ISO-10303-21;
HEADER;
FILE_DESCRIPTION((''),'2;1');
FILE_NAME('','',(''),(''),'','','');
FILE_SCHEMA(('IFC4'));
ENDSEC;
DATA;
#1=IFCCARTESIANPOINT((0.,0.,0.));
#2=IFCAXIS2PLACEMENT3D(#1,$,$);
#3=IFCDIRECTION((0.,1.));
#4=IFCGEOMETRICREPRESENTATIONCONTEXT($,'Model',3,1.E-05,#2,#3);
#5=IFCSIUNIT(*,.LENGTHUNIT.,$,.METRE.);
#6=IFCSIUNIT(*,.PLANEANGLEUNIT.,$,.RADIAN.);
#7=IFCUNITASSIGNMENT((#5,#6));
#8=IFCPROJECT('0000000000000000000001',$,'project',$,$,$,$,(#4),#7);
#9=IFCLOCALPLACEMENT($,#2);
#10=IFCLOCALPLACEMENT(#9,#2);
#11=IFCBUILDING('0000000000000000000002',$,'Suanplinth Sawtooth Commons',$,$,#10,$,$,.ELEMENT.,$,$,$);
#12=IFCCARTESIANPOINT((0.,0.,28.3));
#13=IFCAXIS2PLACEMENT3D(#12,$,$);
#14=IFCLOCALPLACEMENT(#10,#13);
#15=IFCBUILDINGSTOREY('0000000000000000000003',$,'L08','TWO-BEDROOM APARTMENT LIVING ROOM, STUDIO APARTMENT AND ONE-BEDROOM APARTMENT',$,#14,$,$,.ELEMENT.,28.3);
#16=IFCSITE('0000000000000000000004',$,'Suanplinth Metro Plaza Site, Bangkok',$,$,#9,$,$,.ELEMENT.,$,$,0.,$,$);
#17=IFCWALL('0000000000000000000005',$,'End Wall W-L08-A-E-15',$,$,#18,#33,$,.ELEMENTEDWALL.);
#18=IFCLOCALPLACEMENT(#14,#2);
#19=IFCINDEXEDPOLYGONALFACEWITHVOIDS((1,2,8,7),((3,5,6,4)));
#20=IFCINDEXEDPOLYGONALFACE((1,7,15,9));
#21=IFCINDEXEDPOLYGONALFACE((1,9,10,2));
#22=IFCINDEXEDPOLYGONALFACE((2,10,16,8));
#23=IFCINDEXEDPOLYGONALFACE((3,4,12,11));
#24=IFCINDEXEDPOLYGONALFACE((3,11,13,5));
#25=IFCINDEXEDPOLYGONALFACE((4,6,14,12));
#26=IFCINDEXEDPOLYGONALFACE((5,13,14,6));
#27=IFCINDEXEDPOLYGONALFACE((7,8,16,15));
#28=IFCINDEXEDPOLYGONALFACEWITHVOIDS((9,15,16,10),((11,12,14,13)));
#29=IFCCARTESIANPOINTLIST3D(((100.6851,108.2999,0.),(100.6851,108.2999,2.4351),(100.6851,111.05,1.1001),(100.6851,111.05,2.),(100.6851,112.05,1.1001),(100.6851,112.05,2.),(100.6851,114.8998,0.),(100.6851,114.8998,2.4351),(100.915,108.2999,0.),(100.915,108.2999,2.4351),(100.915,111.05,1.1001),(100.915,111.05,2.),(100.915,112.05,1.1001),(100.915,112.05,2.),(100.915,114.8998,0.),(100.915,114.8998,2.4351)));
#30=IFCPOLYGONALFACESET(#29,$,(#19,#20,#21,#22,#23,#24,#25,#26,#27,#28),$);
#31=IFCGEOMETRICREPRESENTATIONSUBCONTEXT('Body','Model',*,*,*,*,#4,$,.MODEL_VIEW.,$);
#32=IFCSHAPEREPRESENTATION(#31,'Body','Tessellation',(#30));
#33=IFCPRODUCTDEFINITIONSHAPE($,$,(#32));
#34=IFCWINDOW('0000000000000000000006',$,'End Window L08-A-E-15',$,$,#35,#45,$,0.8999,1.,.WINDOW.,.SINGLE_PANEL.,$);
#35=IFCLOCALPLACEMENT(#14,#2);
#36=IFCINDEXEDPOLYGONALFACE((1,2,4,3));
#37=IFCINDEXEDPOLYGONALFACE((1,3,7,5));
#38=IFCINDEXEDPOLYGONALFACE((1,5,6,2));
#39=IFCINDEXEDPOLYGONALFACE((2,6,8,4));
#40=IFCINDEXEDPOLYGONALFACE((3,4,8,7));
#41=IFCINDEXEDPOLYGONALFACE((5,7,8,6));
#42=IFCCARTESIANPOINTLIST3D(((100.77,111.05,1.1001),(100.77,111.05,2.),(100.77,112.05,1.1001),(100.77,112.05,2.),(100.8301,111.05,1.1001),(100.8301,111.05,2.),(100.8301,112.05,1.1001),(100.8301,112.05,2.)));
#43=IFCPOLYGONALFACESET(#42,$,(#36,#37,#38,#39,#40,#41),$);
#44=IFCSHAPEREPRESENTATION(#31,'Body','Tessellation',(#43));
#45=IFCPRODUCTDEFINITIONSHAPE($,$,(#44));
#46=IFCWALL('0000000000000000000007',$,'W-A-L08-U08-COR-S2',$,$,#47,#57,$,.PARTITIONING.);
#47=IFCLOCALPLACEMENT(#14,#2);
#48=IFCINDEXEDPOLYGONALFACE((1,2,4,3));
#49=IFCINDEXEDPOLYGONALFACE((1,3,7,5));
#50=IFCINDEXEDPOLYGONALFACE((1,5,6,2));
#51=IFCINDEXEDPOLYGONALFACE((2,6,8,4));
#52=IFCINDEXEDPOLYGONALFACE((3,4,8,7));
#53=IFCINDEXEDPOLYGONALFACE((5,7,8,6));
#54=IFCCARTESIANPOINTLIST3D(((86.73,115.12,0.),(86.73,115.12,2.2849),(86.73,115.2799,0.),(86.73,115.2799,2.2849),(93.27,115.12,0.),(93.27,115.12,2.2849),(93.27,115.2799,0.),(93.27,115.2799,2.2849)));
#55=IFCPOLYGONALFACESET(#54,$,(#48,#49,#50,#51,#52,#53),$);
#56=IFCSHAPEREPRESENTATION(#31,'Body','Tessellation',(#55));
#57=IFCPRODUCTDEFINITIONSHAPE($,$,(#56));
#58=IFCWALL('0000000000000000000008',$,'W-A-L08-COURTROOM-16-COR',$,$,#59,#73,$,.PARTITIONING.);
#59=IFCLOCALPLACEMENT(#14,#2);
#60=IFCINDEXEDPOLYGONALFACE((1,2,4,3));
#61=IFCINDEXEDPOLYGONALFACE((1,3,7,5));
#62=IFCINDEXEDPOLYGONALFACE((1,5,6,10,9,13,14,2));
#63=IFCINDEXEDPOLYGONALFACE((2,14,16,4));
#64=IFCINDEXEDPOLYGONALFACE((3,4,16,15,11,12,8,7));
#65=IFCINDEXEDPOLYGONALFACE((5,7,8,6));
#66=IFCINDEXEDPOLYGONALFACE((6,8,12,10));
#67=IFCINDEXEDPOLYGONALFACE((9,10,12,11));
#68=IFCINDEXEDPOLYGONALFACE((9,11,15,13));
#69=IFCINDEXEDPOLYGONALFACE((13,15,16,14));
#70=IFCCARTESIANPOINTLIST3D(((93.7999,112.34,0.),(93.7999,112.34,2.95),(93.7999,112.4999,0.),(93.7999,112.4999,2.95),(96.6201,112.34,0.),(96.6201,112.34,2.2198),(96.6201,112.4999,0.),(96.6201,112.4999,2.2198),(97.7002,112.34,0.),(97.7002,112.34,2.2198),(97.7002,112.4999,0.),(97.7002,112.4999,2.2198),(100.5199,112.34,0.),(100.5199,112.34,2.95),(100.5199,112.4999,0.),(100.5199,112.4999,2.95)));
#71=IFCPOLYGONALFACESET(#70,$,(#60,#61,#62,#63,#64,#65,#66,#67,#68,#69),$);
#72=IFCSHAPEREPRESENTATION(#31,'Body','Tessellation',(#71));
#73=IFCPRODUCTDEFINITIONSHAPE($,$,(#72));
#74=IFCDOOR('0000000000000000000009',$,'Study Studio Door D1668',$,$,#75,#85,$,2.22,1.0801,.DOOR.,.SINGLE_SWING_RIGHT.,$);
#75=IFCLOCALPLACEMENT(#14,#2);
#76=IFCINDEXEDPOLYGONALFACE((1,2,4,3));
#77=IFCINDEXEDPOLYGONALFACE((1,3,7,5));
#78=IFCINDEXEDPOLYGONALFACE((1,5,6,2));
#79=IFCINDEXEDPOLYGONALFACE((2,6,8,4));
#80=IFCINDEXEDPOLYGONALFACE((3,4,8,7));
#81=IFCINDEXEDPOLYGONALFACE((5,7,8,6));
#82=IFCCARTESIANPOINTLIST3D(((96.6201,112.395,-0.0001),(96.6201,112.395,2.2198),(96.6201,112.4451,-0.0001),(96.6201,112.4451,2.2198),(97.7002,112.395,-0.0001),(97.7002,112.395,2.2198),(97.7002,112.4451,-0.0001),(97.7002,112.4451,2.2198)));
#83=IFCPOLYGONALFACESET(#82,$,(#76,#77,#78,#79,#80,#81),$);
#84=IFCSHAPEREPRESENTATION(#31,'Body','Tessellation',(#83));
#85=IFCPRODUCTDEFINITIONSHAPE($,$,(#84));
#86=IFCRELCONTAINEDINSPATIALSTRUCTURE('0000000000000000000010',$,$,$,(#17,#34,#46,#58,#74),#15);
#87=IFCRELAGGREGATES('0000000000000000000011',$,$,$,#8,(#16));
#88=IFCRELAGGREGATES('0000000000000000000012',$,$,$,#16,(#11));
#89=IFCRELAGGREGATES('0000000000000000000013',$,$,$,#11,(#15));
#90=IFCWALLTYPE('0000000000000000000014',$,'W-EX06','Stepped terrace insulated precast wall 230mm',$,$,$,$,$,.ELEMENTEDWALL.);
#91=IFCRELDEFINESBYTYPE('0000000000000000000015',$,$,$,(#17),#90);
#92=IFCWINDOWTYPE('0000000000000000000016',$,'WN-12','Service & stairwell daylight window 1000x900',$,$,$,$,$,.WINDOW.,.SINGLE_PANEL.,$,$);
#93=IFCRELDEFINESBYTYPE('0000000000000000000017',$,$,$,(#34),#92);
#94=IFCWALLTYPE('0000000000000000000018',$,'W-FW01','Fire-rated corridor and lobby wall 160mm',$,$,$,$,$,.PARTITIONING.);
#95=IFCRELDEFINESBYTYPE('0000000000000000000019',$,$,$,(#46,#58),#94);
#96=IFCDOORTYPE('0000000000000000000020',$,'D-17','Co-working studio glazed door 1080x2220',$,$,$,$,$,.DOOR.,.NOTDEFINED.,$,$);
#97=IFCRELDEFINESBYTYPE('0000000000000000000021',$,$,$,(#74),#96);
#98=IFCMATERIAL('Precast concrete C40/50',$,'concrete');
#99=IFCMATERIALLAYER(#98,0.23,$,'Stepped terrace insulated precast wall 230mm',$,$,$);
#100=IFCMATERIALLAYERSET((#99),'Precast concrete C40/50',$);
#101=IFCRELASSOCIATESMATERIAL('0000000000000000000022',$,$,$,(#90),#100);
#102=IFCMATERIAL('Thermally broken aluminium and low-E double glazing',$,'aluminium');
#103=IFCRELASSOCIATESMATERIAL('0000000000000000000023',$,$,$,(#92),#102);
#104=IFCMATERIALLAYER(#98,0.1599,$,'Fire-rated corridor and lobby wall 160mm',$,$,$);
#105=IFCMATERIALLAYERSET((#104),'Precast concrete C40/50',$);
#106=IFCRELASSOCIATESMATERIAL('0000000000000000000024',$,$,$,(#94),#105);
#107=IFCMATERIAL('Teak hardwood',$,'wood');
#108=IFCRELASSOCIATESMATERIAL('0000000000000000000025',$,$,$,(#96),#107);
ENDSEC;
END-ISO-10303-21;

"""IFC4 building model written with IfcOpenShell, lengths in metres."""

from ifc_helpers import new_model, si_unit, direction, frame, frame_2d, origin, place, context, subcontext, project, spatial, rectangle, extrude, material, layer, layer_set, type_object, element, fill, save


model = new_model("IFC4")

# Units and contexts
model_context = context("Model", 3, precision=1e-05, world=origin(), true_north=direction((0.0, 1.0)))
body_context = subcontext(model_context, "Body", "Model", "MODEL_VIEW")
ifc_project = project(units=[si_unit("LENGTHUNIT", "METRE"), si_unit("PLANEANGLEUNIT", "RADIAN")], contexts=[model_context])

# Site, building, storey
site_placement = place(None, origin())
site = spatial("IfcSite", under=ifc_project, at=site_placement, Name="Suanplinth Metro Plaza Site, Bangkok", CompositionType="ELEMENT", RefElevation=0.0)
building_placement = place(site_placement, origin())
building = spatial("IfcBuilding", under=site, at=building_placement, Name="Suanplinth Sawtooth Commons", CompositionType="ELEMENT")
storey_placement = place(building_placement, frame((0.0, 0.0, 28.3)))
storey = spatial("IfcBuildingStorey", under=building, at=storey_placement, Name="L08", Description="TWO-BEDROOM APARTMENT LIVING ROOM, STUDIO APARTMENT AND ONE-BEDROOM APARTMENT", CompositionType="ELEMENT", Elevation=28.3)

# Shared definitions
ifc_material_1 = material(Name="Precast concrete C40/50", Category="concrete")

# Wall, opening, window
ifc_layer_1 = layer(ifc_material_1, 0.23, Name="Stepped terrace insulated precast wall 230mm")
ifc_layer_set_1 = layer_set([ifc_layer_1], Name="Precast concrete C40/50")
wall_type_1 = type_object("IfcWallType", Name="W-EX06", Description="Stepped terrace insulated precast wall 230mm", PredefinedType="ELEMENTEDWALL", material=ifc_layer_set_1)
wall_1_placement = place(storey_placement, frame((100.8, 108.3, 0.0), z_axis=(0.0, 0.0, 1.0), x_axis=(0.0, 1.0, 0.0)))
wall_1 = element("IfcWall", 1, at=wall_1_placement, inside=storey, type_object=wall_type_1, Name="End Wall W-L08-A-E-15", PredefinedType="ELEMENTEDWALL", context=body_context, shape_type="SweptSolid", body=[
    extrude(rectangle(XDim=6.5999, YDim=0.23, at=frame_2d((3.2998, 0.0))), origin(), (0.0, 0.0, 1.0), 2.4351),
])
opening_1_placement = place(wall_1_placement, frame((2.75, 0.0, 1.1001)))
opening_1 = element("IfcOpeningElement", 2, at=opening_1_placement, cuts=wall_1, PredefinedType="OPENING", context=body_context, shape_type="SweptSolid", body=[
    extrude(rectangle(XDim=1.0, YDim=0.8999, at=frame_2d((0.5, 0.45))), frame((0.0, 0.1299, 0.0), z_axis=(0.0, -1.0, 0.0), x_axis=(1.0, 0.0, 0.0)), (0.0, 0.0, 1.0), 0.2598),
])
ifc_material_2 = material(Name="Thermally broken aluminium and low-E double glazing", Category="aluminium")
window_type = type_object("IfcWindowType", Name="WN-12", Description="Service & stairwell daylight window 1000x900", PartitioningType="SINGLE_PANEL", PredefinedType="WINDOW", material=ifc_material_2)
window_placement = place(opening_1_placement, origin())
window = element("IfcWindow", 3, at=window_placement, inside=storey, type_object=window_type, Name="End Window L08-A-E-15", OverallHeight=0.8999, OverallWidth=1.0, PartitioningType="SINGLE_PANEL", PredefinedType="WINDOW", context=body_context, shape_type="SweptSolid", body=[
    extrude(rectangle(XDim=1.0, YDim=0.8999, at=frame_2d((0.5, 0.45))), frame((0.0, 0.03, 0.0), z_axis=(0.0, -1.0, 0.0), x_axis=(1.0, 0.0, 0.0)), (0.0, 0.0, 1.0), 0.0601),
])
fill(opening_1, window)

# Wall
ifc_layer_2 = layer(ifc_material_1, 0.1599, Name="Fire-rated corridor and lobby wall 160mm")
ifc_layer_set_2 = layer_set([ifc_layer_2], Name="Precast concrete C40/50")
wall_type_2 = type_object("IfcWallType", Name="W-FW01", Description="Fire-rated corridor and lobby wall 160mm", PredefinedType="PARTITIONING", material=ifc_layer_set_2)
wall_2_placement = place(storey_placement, frame((86.73, 115.2, 0.0), z_axis=(0.0, 0.0, 1.0), x_axis=(1.0, 0.0, 0.0)))
element("IfcWall", 4, at=wall_2_placement, inside=storey, type_object=wall_type_2, Name="W-A-L08-U08-COR-S2", PredefinedType="PARTITIONING", context=body_context, shape_type="SweptSolid", body=[
    extrude(rectangle(XDim=6.54, YDim=0.1599, at=frame_2d((3.27, 0.0))), origin(), (0.0, 0.0, 1.0), 2.2849),
])

# Wall, opening, door
wall_3_placement = place(storey_placement, frame((93.8, 112.4199, 0.0), z_axis=(0.0, 0.0, 1.0), x_axis=(1.0, 0.0, 0.0)))
wall_3 = element("IfcWall", 5, at=wall_3_placement, inside=storey, type_object=wall_type_2, Name="W-A-L08-COURTROOM-16-COR", PredefinedType="PARTITIONING", context=body_context, shape_type="SweptSolid", body=[
    extrude(rectangle(XDim=6.72, YDim=0.1599, at=frame_2d((3.3599, 0.0))), origin(), (0.0, 0.0, 1.0), 2.95),
])
opening_2_placement = place(wall_3_placement, frame((2.8201, 0.0, 0.0)))
opening_2 = element("IfcOpeningElement", 6, at=opening_2_placement, cuts=wall_3, PredefinedType="OPENING", context=body_context, shape_type="SweptSolid", body=[
    extrude(rectangle(XDim=1.0801, YDim=2.22, at=frame_2d((0.54, 1.1099))), frame((0.0, 0.0947, 0.0), z_axis=(0.0, -1.0, 0.0), x_axis=(1.0, 0.0, 0.0)), (0.0, 0.0, 1.0), 0.1897),
])
ifc_material_3 = material(Name="Teak hardwood", Category="wood")
door_type_1 = type_object("IfcDoorType", Name="D-17", Description="Co-working studio glazed door 1080x2220", OperationType="NOTDEFINED", PredefinedType="DOOR", material=ifc_material_3)
door_1_placement = place(opening_2_placement, frame((1.0801, 0.0, 0.0), z_axis=(0.0, 0.0, 1.0), x_axis=(-1.0, 0.0, 0.0)))
door_1 = element("IfcDoor", 7, at=door_1_placement, inside=storey, type_object=door_type_1, Name="Study Studio Door D1668", OperationType="SINGLE_SWING_RIGHT", OverallHeight=2.22, OverallWidth=1.0801, PredefinedType="DOOR", context=body_context, shape_type="SweptSolid", body=[
    extrude(rectangle(XDim=1.0801, YDim=2.22, at=frame_2d((0.54, 1.1099))), frame((0.0, 0.0249, 0.0), z_axis=(0.0, -1.0, 0.0), x_axis=(1.0, 0.0, 0.0)), (0.0, 0.0, 1.0), 0.05),
])
fill(opening_2, door_1)

save(model, "model.ifc")
